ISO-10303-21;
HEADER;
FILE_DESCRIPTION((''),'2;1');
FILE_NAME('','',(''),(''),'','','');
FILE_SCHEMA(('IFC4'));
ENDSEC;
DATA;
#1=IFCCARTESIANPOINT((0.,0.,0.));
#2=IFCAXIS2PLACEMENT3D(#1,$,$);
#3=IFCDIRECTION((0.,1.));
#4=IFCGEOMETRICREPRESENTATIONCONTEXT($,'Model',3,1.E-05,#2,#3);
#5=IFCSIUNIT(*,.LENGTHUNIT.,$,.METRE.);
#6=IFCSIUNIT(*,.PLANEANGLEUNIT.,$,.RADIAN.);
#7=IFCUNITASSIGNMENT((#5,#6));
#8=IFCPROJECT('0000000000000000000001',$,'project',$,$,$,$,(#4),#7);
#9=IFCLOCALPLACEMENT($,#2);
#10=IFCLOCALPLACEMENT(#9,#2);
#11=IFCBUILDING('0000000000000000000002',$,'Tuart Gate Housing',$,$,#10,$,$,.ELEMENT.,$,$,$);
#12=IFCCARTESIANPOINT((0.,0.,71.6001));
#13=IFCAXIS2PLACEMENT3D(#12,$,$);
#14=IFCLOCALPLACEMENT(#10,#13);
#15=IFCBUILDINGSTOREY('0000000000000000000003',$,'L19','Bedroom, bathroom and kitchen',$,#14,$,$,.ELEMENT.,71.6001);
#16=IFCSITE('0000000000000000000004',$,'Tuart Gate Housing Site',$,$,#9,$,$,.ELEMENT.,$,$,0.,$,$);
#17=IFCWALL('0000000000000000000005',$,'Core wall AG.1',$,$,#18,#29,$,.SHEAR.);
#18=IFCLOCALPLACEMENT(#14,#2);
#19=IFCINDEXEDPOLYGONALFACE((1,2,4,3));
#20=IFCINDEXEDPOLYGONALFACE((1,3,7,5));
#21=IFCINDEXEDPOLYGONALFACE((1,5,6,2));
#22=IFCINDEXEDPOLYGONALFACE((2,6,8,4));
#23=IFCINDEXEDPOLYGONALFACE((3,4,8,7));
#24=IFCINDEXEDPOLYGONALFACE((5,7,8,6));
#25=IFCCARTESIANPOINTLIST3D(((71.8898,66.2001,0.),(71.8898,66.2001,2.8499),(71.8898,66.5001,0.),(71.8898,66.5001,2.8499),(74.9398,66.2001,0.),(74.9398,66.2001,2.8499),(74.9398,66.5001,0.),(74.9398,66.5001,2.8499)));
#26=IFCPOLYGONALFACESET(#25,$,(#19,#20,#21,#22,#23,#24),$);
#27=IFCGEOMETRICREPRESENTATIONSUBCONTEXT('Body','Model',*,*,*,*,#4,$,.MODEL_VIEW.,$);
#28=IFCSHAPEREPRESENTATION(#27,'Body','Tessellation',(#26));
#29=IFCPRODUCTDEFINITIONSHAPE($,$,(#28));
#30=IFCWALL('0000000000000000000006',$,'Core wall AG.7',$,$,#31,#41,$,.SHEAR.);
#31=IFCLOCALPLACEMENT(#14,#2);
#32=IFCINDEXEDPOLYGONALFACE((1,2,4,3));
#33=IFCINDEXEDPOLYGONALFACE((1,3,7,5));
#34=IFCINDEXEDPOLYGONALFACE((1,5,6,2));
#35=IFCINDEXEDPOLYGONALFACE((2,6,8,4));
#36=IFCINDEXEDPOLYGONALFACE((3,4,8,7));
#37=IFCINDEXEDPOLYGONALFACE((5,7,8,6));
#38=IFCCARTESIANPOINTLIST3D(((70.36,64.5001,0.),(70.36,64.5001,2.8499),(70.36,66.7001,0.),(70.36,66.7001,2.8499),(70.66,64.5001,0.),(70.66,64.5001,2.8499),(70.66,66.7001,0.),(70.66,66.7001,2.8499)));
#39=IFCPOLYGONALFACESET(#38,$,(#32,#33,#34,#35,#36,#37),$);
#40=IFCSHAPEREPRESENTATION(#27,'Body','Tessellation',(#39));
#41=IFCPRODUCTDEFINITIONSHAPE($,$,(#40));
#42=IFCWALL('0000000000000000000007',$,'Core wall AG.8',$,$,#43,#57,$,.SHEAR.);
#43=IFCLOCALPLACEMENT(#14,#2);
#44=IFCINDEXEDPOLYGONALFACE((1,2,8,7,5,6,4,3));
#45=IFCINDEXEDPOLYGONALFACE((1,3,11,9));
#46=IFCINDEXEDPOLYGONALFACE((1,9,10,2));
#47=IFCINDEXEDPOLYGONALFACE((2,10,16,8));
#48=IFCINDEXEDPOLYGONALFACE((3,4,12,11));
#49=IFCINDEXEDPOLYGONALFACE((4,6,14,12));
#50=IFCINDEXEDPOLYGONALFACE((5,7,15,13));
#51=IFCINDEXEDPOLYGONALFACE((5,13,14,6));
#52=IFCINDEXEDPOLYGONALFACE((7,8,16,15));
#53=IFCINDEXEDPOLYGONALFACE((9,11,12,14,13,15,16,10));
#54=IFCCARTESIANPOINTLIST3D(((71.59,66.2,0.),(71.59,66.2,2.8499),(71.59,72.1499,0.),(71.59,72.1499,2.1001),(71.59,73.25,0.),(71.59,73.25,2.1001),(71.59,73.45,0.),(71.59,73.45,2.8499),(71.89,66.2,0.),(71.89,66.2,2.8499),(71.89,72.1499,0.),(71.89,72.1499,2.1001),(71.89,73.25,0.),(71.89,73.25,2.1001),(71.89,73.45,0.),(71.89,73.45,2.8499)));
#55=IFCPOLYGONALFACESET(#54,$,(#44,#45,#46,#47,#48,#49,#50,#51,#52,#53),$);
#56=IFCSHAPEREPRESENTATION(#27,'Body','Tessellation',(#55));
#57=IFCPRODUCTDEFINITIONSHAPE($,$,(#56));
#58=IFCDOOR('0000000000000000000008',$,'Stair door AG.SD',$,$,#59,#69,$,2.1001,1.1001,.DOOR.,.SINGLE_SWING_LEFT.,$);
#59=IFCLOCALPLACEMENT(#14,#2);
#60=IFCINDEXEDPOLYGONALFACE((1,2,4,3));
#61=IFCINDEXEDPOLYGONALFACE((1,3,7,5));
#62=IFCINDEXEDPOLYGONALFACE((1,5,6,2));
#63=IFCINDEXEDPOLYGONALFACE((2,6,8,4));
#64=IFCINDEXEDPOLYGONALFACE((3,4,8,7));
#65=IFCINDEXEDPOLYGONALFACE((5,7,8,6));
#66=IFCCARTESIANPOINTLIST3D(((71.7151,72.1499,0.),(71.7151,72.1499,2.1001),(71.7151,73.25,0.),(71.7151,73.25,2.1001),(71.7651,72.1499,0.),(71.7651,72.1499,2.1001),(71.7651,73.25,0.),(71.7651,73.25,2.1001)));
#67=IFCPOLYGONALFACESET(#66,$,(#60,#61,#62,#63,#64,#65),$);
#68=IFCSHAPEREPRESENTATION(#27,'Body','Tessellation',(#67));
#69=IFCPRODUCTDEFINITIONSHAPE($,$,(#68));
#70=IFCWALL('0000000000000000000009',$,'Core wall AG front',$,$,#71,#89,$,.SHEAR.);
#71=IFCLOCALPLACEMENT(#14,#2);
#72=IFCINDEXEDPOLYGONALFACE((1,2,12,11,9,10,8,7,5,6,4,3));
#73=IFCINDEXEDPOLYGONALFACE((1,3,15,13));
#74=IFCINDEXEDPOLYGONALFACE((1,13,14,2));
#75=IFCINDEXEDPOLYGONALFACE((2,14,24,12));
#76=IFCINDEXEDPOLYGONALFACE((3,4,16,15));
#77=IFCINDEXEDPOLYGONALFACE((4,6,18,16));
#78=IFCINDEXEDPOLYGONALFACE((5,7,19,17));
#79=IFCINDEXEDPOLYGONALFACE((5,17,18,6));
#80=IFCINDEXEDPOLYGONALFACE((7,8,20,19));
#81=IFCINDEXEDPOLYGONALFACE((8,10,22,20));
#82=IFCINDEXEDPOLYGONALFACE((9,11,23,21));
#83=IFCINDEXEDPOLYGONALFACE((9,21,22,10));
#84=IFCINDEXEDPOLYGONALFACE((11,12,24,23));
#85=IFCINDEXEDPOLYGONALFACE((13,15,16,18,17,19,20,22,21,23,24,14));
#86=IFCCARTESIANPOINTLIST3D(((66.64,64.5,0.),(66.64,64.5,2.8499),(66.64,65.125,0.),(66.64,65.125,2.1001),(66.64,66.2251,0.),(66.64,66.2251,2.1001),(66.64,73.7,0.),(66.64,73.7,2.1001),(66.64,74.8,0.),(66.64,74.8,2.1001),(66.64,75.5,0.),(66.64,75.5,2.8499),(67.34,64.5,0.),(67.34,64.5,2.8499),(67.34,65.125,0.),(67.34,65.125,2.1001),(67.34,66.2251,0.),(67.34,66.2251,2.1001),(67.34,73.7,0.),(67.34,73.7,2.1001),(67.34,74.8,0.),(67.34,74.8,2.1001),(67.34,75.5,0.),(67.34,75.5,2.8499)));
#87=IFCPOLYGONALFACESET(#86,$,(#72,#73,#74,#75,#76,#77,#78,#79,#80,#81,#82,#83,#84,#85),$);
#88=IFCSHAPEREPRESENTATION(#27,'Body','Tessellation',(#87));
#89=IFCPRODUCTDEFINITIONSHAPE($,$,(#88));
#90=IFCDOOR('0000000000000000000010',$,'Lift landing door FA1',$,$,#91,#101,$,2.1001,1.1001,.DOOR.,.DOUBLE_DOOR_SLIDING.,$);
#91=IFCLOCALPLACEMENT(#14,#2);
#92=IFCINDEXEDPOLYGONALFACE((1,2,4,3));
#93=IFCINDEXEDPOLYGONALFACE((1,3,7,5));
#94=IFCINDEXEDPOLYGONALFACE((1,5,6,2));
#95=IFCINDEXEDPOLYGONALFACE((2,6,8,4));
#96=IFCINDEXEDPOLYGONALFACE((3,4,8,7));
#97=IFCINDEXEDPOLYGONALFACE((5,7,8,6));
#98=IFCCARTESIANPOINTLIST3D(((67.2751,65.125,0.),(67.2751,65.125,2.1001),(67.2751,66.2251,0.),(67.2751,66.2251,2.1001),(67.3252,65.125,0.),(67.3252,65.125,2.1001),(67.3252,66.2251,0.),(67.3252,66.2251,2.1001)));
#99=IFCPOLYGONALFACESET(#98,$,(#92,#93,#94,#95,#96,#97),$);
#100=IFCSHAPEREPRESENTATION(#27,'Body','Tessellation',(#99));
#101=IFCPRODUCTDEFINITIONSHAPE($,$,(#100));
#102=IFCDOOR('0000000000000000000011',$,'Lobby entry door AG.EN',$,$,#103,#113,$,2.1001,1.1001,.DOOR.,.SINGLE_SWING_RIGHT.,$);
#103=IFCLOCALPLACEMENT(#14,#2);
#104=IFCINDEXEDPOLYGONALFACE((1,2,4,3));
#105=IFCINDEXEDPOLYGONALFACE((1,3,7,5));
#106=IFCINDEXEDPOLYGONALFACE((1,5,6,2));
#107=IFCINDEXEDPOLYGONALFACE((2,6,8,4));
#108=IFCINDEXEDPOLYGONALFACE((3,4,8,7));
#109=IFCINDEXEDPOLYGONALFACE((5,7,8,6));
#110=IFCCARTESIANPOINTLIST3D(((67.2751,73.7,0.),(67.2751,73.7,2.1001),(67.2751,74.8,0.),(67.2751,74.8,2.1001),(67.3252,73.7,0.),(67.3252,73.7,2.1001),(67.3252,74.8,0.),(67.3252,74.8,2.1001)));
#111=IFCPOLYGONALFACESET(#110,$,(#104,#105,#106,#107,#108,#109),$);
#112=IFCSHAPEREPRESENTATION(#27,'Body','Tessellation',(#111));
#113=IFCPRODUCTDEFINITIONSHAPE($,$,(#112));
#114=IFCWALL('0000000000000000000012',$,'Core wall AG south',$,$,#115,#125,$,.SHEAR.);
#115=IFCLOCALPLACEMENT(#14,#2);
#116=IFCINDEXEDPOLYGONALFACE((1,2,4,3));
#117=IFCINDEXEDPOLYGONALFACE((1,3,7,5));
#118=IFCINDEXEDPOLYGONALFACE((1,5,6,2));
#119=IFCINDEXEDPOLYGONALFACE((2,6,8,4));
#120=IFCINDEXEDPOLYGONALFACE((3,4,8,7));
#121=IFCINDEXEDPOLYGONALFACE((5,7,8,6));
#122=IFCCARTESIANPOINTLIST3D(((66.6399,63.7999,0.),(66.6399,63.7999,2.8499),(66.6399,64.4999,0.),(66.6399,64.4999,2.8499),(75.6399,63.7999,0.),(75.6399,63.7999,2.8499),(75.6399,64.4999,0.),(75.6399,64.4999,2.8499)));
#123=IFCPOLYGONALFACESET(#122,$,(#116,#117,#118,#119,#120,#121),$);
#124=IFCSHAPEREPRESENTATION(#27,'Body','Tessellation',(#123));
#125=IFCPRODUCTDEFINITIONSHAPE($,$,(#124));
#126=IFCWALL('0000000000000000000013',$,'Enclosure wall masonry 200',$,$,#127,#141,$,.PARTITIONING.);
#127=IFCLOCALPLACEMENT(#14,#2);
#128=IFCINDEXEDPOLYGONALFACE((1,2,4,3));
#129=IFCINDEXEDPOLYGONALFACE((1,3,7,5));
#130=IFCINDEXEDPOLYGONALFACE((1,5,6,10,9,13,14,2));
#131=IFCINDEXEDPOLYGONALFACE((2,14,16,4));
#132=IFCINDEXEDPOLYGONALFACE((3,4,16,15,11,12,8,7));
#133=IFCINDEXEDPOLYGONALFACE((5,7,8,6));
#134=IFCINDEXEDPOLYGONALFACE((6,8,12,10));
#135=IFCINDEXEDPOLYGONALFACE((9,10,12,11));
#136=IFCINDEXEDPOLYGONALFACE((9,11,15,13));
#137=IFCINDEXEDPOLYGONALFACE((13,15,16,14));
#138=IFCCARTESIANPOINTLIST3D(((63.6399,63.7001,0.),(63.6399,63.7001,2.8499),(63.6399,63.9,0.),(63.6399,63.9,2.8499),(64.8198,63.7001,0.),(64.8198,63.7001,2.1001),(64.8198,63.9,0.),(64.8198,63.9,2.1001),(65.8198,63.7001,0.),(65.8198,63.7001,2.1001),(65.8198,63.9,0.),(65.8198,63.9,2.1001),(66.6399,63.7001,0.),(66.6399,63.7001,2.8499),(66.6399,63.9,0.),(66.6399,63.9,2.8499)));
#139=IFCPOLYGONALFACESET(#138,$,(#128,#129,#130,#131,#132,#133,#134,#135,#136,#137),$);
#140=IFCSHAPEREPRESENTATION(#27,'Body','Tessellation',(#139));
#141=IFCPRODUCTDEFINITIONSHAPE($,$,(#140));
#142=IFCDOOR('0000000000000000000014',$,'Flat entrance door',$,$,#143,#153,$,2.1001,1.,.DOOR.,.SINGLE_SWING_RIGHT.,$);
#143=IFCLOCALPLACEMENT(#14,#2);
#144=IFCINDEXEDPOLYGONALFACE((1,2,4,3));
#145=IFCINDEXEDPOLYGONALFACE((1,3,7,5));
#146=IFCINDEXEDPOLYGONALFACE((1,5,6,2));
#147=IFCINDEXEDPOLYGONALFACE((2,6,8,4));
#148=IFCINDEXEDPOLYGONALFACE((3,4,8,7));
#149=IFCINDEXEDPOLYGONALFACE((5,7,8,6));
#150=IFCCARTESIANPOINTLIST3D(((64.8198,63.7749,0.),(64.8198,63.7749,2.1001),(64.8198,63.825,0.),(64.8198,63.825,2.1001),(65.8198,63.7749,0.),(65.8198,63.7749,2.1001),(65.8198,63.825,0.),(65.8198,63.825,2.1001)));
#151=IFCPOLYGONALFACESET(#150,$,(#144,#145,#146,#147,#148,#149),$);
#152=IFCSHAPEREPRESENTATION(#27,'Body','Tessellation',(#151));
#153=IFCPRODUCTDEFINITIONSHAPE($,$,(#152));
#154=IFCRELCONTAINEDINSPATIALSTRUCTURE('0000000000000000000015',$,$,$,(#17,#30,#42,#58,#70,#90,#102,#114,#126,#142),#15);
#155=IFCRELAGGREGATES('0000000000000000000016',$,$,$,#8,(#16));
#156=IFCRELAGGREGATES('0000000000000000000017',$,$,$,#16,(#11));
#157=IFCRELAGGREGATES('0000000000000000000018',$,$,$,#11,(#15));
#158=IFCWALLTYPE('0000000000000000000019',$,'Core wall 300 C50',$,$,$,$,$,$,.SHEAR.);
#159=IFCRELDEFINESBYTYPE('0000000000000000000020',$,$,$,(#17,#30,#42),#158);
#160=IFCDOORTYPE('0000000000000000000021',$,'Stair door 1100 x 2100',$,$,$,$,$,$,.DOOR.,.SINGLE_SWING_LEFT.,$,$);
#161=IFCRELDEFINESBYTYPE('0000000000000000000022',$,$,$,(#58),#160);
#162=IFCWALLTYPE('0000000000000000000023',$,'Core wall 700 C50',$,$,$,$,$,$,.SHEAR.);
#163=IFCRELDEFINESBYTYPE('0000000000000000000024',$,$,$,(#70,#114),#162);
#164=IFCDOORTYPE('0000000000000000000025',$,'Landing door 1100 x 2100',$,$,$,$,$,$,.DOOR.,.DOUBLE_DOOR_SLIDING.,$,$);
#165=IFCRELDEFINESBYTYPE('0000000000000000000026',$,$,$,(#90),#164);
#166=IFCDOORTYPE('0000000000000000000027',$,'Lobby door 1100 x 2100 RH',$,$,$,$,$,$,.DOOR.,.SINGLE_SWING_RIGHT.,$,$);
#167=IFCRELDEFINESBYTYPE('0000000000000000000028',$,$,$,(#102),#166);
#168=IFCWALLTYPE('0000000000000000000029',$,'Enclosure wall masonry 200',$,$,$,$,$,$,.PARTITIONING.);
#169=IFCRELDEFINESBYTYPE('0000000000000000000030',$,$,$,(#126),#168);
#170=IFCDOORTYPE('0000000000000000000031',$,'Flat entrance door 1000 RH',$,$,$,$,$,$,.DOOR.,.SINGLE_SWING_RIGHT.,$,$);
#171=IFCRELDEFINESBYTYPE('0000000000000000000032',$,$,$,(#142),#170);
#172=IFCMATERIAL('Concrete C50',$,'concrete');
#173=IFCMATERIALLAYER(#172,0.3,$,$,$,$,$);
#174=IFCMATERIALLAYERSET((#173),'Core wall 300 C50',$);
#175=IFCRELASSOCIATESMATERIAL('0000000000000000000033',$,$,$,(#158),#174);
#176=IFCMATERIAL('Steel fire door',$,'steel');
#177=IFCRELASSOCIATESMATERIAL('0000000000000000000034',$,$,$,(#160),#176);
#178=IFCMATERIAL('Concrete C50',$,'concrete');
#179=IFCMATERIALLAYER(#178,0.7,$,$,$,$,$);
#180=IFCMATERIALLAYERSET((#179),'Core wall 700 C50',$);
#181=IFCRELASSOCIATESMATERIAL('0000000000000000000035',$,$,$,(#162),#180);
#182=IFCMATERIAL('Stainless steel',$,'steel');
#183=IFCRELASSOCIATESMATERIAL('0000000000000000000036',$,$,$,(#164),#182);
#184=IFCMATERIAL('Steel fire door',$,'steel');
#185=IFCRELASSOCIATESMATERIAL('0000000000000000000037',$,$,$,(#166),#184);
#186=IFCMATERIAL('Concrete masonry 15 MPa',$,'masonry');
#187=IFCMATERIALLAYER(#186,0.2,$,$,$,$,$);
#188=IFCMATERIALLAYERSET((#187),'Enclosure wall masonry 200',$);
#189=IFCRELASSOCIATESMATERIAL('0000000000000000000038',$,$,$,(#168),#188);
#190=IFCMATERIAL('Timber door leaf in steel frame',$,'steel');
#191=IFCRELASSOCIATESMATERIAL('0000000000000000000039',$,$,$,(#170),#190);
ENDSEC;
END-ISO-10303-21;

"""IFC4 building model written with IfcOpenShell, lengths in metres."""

from ifc_helpers import new_model, si_unit, direction, frame, frame_2d, origin, place, context, subcontext, project, spatial, rectangle, extrude, material, layer, layer_set, type_object, element, fill, save


model = new_model("IFC4")

# Units and contexts
model_context = context("Model", 3, precision=1e-05, world=origin(), true_north=direction((0.0, 1.0)))
body_context = subcontext(model_context, "Body", "Model", "MODEL_VIEW")
ifc_project = project(units=[si_unit("LENGTHUNIT", "METRE"), si_unit("PLANEANGLEUNIT", "RADIAN")], contexts=[model_context])

# Site, building, storey
site_placement = place(None, origin())
site = spatial("IfcSite", under=ifc_project, at=site_placement, Name="Tuart Gate Housing Site", CompositionType="ELEMENT", RefElevation=0.0)
building_placement = place(site_placement, origin())
building = spatial("IfcBuilding", under=site, at=building_placement, Name="Tuart Gate Housing", CompositionType="ELEMENT")
storey_placement = place(building_placement, frame((0.0, 0.0, 71.6001)))
storey = spatial("IfcBuildingStorey", under=building, at=storey_placement, Name="L19", Description="Bedroom, bathroom and kitchen", CompositionType="ELEMENT", Elevation=71.6001)

# Walls
ifc_material_1 = material(Name="Concrete C50", Category="concrete")
ifc_layer_1 = layer(ifc_material_1, 0.3)
ifc_layer_set_1 = layer_set([ifc_layer_1], Name="Core wall 300 C50")
wall_type_1 = type_object("IfcWallType", Name="Core wall 300 C50", PredefinedType="SHEAR", material=ifc_layer_set_1)
wall_1_placement = place(storey_placement, frame((71.8899, 66.3501, 0.0), z_axis=(0.0, 0.0, 1.0), x_axis=(1.0, 0.0, 0.0)))
element("IfcWall", 1, at=wall_1_placement, inside=storey, type_object=wall_type_1, Name="Core wall AG.1", PredefinedType="SHEAR", context=body_context, shape_type="SweptSolid", body=[
    extrude(rectangle(XDim=3.05, YDim=0.3, at=frame_2d((1.5249, 0.0))), origin(), (0.0, 0.0, 1.0), 2.8499),
])
wall_2_placement = place(storey_placement, frame((70.51, 64.5, 0.0), z_axis=(0.0, 0.0, 1.0), x_axis=(0.0, 1.0, 0.0)))
element("IfcWall", 2, at=wall_2_placement, inside=storey, type_object=wall_type_1, Name="Core wall AG.7", PredefinedType="SHEAR", context=body_context, shape_type="SweptSolid", body=[
    extrude(rectangle(XDim=2.2, YDim=0.3, at=frame_2d((1.1001, 0.0))), origin(), (0.0, 0.0, 1.0), 2.8499),
])

# Wall, opening, door
wall_3_placement = place(storey_placement, frame((71.74, 66.2, 0.0), z_axis=(0.0, 0.0, 1.0), x_axis=(0.0, 1.0, 0.0)))
wall_3 = element("IfcWall", 3, at=wall_3_placement, inside=storey, type_object=wall_type_1, Name="Core wall AG.8", PredefinedType="SHEAR", context=body_context, shape_type="SweptSolid", body=[
    extrude(rectangle(XDim=7.25, YDim=0.3, at=frame_2d((3.625, 0.0))), origin(), (0.0, 0.0, 1.0), 2.8499),
])
opening_1_placement = place(wall_3_placement, frame((5.95, 0.0, 0.0)))
opening_1 = element("IfcOpeningElement", 4, at=opening_1_placement, cuts=wall_3, PredefinedType="OPENING", context=body_context, shape_type="SweptSolid", body=[
    extrude(rectangle(XDim=1.1001, YDim=2.1001, at=frame_2d((0.55, 1.05))), frame((0.0, 0.1599, 0.0), z_axis=(0.0, -1.0, 0.0), x_axis=(1.0, 0.0, 0.0)), (0.0, 0.0, 1.0), 0.3201),
])
ifc_material_2 = material(Name="Steel fire door", Category="steel")
door_type_1 = type_object("IfcDoorType", Name="Stair door 1100 x 2100", OperationType="SINGLE_SWING_LEFT", PredefinedType="DOOR", material=ifc_material_2)
door_1_placement = place(opening_1_placement, frame((1.1001, 0.0, 0.0), z_axis=(0.0, 0.0, 1.0), x_axis=(-1.0, 0.0, 0.0)))
door_1 = element("IfcDoor", 5, at=door_1_placement, inside=storey, type_object=door_type_1, Name="Stair door AG.SD", OperationType="SINGLE_SWING_LEFT", OverallHeight=2.1001, OverallWidth=1.1001, PredefinedType="DOOR", context=body_context, shape_type="SweptSolid", body=[
    extrude(rectangle(XDim=1.1001, YDim=2.1001, at=frame_2d((0.55, 1.05))), frame((0.0, 0.0251, 0.0), z_axis=(0.0, -1.0, 0.0), x_axis=(1.0, 0.0, 0.0)), (0.0, 0.0, 1.0), 0.05),
])
fill(opening_1, door_1)

# Wall, openings, doors
ifc_material_3 = material(Name="Concrete C50", Category="concrete")
ifc_layer_2 = layer(ifc_material_3, 0.7)
ifc_layer_set_2 = layer_set([ifc_layer_2], Name="Core wall 700 C50")
wall_type_2 = type_object("IfcWallType", Name="Core wall 700 C50", PredefinedType="SHEAR", material=ifc_layer_set_2)
wall_4_placement = place(storey_placement, frame((66.99, 64.5, 0.0), z_axis=(0.0, 0.0, 1.0), x_axis=(0.0, 1.0, 0.0)))
wall_4 = element("IfcWall", 6, at=wall_4_placement, inside=storey, type_object=wall_type_2, Name="Core wall AG front", PredefinedType="SHEAR", context=body_context, shape_type="SweptSolid", body=[
    extrude(rectangle(XDim=11.0, YDim=0.7, at=frame_2d((5.5, 0.0))), origin(), (0.0, 0.0, 1.0), 2.8499),
])
opening_2_placement = place(wall_4_placement, frame((0.625, 0.0, 0.0)))
opening_2 = element("IfcOpeningElement", 7, at=opening_2_placement, cuts=wall_4, PredefinedType="OPENING", context=body_context, shape_type="SweptSolid", body=[
    extrude(rectangle(XDim=1.1001, YDim=2.1001, at=frame_2d((0.55, 1.05))), frame((0.0, 0.3599, 0.0), z_axis=(0.0, -1.0, 0.0), x_axis=(1.0, 0.0, 0.0)), (0.0, 0.0, 1.0), 0.72),
])
opening_3_placement = place(wall_4_placement, frame((9.2, 0.0, 0.0)))
opening_3 = element("IfcOpeningElement", 8, at=opening_3_placement, cuts=wall_4, PredefinedType="OPENING", context=body_context, shape_type="SweptSolid", body=[
    extrude(rectangle(XDim=1.1001, YDim=2.1001, at=frame_2d((0.55, 1.05))), frame((0.0, 0.3599, 0.0), z_axis=(0.0, -1.0, 0.0), x_axis=(1.0, 0.0, 0.0)), (0.0, 0.0, 1.0), 0.72),
])
ifc_material_4 = material(Name="Stainless steel", Category="steel")
door_type_2 = type_object("IfcDoorType", Name="Landing door 1100 x 2100", OperationType="DOUBLE_DOOR_SLIDING", PredefinedType="DOOR", material=ifc_material_4)
door_2_placement = place(opening_2_placement, origin())
door_2 = element("IfcDoor", 9, at=door_2_placement, inside=storey, type_object=door_type_2, Name="Lift landing door FA1", OperationType="DOUBLE_DOOR_SLIDING", OverallHeight=2.1001, OverallWidth=1.1001, PredefinedType="DOOR", context=body_context, shape_type="SweptSolid", body=[
    extrude(rectangle(XDim=1.1001, YDim=2.1001, at=frame_2d((0.55, 1.05))), frame((0.0, -0.2852, 0.0), z_axis=(0.0, -1.0, 0.0), x_axis=(1.0, 0.0, 0.0)), (0.0, 0.0, 1.0), 0.05),
])
fill(opening_2, door_2)
ifc_material_5 = material(Name="Steel fire door", Category="steel")
door_type_3 = type_object("IfcDoorType", Name="Lobby door 1100 x 2100 RH", OperationType="SINGLE_SWING_RIGHT", PredefinedType="DOOR", material=ifc_material_5)
door_3_placement = place(opening_3_placement, frame((1.1001, 0.0, 0.0), z_axis=(0.0, 0.0, 1.0), x_axis=(-1.0, 0.0, 0.0)))
door_3 = element("IfcDoor", 10, at=door_3_placement, inside=storey, type_object=door_type_3, Name="Lobby entry door AG.EN", OperationType="SINGLE_SWING_RIGHT", OverallHeight=2.1001, OverallWidth=1.1001, PredefinedType="DOOR", context=body_context, shape_type="SweptSolid", body=[
    extrude(rectangle(XDim=1.1001, YDim=2.1001, at=frame_2d((0.55, 1.05))), frame((0.0, 0.3352, 0.0), z_axis=(0.0, -1.0, 0.0), x_axis=(1.0, 0.0, 0.0)), (0.0, 0.0, 1.0), 0.05),
])
fill(opening_3, door_3)

# Wall
wall_5_placement = place(storey_placement, frame((66.6399, 64.1499, 0.0), z_axis=(0.0, 0.0, 1.0), x_axis=(1.0, 0.0, 0.0)))
element("IfcWall", 11, at=wall_5_placement, inside=storey, type_object=wall_type_2, Name="Core wall AG south", PredefinedType="SHEAR", context=body_context, shape_type="SweptSolid", body=[
    extrude(rectangle(XDim=9.0, YDim=0.7, at=frame_2d((4.5, 0.0))), origin(), (0.0, 0.0, 1.0), 2.8499),
])

# Wall, opening, door
ifc_material_6 = material(Name="Concrete masonry 15 MPa", Category="masonry")
ifc_layer_3 = layer(ifc_material_6, 0.2)
ifc_layer_set_3 = layer_set([ifc_layer_3], Name="Enclosure wall masonry 200")
wall_type_3 = type_object("IfcWallType", Name="Enclosure wall masonry 200", PredefinedType="PARTITIONING", material=ifc_layer_set_3)
wall_6_placement = place(storey_placement, frame((63.6399, 63.8, 0.0), z_axis=(0.0, 0.0, 1.0), x_axis=(1.0, 0.0, 0.0)))
wall_6 = element("IfcWall", 12, at=wall_6_placement, inside=storey, type_object=wall_type_3, Name="Enclosure wall masonry 200", PredefinedType="PARTITIONING", context=body_context, shape_type="SweptSolid", body=[
    extrude(rectangle(XDim=3.0, YDim=0.2, at=frame_2d((1.5, 0.0))), origin(), (0.0, 0.0, 1.0), 2.8499),
])
opening_4_placement = place(wall_6_placement, frame((1.1799, 0.0, 0.0)))
opening_4 = element("IfcOpeningElement", 13, at=opening_4_placement, cuts=wall_6, PredefinedType="OPENING", context=body_context, shape_type="SweptSolid", body=[
    extrude(rectangle(XDim=1.0, YDim=2.1001, at=frame_2d((0.5, 1.05))), frame((0.0, 0.1099, 0.0), z_axis=(0.0, -1.0, 0.0), x_axis=(1.0, 0.0, 0.0)), (0.0, 0.0, 1.0), 0.22),
])
ifc_material_7 = material(Name="Timber door leaf in steel frame", Category="steel")
door_type_4 = type_object("IfcDoorType", Name="Flat entrance door 1000 RH", OperationType="SINGLE_SWING_RIGHT", PredefinedType="DOOR", material=ifc_material_7)
door_4_placement = place(opening_4_placement, frame((1.0, 0.0, 0.0), z_axis=(0.0, 0.0, 1.0), x_axis=(-1.0, 0.0, 0.0)))
door_4 = element("IfcDoor", 14, at=door_4_placement, inside=storey, type_object=door_type_4, Name="Flat entrance door", OperationType="SINGLE_SWING_RIGHT", OverallHeight=2.1001, OverallWidth=1.0, PredefinedType="DOOR", context=body_context, shape_type="SweptSolid", body=[
    extrude(rectangle(XDim=1.0, YDim=2.1001, at=frame_2d((0.5, 1.05))), frame((0.0, 0.0251, 0.0), z_axis=(0.0, -1.0, 0.0), x_axis=(1.0, 0.0, 0.0)), (0.0, 0.0, 1.0), 0.05),
])
fill(opening_4, door_4)

save(model, "model.ifc")
